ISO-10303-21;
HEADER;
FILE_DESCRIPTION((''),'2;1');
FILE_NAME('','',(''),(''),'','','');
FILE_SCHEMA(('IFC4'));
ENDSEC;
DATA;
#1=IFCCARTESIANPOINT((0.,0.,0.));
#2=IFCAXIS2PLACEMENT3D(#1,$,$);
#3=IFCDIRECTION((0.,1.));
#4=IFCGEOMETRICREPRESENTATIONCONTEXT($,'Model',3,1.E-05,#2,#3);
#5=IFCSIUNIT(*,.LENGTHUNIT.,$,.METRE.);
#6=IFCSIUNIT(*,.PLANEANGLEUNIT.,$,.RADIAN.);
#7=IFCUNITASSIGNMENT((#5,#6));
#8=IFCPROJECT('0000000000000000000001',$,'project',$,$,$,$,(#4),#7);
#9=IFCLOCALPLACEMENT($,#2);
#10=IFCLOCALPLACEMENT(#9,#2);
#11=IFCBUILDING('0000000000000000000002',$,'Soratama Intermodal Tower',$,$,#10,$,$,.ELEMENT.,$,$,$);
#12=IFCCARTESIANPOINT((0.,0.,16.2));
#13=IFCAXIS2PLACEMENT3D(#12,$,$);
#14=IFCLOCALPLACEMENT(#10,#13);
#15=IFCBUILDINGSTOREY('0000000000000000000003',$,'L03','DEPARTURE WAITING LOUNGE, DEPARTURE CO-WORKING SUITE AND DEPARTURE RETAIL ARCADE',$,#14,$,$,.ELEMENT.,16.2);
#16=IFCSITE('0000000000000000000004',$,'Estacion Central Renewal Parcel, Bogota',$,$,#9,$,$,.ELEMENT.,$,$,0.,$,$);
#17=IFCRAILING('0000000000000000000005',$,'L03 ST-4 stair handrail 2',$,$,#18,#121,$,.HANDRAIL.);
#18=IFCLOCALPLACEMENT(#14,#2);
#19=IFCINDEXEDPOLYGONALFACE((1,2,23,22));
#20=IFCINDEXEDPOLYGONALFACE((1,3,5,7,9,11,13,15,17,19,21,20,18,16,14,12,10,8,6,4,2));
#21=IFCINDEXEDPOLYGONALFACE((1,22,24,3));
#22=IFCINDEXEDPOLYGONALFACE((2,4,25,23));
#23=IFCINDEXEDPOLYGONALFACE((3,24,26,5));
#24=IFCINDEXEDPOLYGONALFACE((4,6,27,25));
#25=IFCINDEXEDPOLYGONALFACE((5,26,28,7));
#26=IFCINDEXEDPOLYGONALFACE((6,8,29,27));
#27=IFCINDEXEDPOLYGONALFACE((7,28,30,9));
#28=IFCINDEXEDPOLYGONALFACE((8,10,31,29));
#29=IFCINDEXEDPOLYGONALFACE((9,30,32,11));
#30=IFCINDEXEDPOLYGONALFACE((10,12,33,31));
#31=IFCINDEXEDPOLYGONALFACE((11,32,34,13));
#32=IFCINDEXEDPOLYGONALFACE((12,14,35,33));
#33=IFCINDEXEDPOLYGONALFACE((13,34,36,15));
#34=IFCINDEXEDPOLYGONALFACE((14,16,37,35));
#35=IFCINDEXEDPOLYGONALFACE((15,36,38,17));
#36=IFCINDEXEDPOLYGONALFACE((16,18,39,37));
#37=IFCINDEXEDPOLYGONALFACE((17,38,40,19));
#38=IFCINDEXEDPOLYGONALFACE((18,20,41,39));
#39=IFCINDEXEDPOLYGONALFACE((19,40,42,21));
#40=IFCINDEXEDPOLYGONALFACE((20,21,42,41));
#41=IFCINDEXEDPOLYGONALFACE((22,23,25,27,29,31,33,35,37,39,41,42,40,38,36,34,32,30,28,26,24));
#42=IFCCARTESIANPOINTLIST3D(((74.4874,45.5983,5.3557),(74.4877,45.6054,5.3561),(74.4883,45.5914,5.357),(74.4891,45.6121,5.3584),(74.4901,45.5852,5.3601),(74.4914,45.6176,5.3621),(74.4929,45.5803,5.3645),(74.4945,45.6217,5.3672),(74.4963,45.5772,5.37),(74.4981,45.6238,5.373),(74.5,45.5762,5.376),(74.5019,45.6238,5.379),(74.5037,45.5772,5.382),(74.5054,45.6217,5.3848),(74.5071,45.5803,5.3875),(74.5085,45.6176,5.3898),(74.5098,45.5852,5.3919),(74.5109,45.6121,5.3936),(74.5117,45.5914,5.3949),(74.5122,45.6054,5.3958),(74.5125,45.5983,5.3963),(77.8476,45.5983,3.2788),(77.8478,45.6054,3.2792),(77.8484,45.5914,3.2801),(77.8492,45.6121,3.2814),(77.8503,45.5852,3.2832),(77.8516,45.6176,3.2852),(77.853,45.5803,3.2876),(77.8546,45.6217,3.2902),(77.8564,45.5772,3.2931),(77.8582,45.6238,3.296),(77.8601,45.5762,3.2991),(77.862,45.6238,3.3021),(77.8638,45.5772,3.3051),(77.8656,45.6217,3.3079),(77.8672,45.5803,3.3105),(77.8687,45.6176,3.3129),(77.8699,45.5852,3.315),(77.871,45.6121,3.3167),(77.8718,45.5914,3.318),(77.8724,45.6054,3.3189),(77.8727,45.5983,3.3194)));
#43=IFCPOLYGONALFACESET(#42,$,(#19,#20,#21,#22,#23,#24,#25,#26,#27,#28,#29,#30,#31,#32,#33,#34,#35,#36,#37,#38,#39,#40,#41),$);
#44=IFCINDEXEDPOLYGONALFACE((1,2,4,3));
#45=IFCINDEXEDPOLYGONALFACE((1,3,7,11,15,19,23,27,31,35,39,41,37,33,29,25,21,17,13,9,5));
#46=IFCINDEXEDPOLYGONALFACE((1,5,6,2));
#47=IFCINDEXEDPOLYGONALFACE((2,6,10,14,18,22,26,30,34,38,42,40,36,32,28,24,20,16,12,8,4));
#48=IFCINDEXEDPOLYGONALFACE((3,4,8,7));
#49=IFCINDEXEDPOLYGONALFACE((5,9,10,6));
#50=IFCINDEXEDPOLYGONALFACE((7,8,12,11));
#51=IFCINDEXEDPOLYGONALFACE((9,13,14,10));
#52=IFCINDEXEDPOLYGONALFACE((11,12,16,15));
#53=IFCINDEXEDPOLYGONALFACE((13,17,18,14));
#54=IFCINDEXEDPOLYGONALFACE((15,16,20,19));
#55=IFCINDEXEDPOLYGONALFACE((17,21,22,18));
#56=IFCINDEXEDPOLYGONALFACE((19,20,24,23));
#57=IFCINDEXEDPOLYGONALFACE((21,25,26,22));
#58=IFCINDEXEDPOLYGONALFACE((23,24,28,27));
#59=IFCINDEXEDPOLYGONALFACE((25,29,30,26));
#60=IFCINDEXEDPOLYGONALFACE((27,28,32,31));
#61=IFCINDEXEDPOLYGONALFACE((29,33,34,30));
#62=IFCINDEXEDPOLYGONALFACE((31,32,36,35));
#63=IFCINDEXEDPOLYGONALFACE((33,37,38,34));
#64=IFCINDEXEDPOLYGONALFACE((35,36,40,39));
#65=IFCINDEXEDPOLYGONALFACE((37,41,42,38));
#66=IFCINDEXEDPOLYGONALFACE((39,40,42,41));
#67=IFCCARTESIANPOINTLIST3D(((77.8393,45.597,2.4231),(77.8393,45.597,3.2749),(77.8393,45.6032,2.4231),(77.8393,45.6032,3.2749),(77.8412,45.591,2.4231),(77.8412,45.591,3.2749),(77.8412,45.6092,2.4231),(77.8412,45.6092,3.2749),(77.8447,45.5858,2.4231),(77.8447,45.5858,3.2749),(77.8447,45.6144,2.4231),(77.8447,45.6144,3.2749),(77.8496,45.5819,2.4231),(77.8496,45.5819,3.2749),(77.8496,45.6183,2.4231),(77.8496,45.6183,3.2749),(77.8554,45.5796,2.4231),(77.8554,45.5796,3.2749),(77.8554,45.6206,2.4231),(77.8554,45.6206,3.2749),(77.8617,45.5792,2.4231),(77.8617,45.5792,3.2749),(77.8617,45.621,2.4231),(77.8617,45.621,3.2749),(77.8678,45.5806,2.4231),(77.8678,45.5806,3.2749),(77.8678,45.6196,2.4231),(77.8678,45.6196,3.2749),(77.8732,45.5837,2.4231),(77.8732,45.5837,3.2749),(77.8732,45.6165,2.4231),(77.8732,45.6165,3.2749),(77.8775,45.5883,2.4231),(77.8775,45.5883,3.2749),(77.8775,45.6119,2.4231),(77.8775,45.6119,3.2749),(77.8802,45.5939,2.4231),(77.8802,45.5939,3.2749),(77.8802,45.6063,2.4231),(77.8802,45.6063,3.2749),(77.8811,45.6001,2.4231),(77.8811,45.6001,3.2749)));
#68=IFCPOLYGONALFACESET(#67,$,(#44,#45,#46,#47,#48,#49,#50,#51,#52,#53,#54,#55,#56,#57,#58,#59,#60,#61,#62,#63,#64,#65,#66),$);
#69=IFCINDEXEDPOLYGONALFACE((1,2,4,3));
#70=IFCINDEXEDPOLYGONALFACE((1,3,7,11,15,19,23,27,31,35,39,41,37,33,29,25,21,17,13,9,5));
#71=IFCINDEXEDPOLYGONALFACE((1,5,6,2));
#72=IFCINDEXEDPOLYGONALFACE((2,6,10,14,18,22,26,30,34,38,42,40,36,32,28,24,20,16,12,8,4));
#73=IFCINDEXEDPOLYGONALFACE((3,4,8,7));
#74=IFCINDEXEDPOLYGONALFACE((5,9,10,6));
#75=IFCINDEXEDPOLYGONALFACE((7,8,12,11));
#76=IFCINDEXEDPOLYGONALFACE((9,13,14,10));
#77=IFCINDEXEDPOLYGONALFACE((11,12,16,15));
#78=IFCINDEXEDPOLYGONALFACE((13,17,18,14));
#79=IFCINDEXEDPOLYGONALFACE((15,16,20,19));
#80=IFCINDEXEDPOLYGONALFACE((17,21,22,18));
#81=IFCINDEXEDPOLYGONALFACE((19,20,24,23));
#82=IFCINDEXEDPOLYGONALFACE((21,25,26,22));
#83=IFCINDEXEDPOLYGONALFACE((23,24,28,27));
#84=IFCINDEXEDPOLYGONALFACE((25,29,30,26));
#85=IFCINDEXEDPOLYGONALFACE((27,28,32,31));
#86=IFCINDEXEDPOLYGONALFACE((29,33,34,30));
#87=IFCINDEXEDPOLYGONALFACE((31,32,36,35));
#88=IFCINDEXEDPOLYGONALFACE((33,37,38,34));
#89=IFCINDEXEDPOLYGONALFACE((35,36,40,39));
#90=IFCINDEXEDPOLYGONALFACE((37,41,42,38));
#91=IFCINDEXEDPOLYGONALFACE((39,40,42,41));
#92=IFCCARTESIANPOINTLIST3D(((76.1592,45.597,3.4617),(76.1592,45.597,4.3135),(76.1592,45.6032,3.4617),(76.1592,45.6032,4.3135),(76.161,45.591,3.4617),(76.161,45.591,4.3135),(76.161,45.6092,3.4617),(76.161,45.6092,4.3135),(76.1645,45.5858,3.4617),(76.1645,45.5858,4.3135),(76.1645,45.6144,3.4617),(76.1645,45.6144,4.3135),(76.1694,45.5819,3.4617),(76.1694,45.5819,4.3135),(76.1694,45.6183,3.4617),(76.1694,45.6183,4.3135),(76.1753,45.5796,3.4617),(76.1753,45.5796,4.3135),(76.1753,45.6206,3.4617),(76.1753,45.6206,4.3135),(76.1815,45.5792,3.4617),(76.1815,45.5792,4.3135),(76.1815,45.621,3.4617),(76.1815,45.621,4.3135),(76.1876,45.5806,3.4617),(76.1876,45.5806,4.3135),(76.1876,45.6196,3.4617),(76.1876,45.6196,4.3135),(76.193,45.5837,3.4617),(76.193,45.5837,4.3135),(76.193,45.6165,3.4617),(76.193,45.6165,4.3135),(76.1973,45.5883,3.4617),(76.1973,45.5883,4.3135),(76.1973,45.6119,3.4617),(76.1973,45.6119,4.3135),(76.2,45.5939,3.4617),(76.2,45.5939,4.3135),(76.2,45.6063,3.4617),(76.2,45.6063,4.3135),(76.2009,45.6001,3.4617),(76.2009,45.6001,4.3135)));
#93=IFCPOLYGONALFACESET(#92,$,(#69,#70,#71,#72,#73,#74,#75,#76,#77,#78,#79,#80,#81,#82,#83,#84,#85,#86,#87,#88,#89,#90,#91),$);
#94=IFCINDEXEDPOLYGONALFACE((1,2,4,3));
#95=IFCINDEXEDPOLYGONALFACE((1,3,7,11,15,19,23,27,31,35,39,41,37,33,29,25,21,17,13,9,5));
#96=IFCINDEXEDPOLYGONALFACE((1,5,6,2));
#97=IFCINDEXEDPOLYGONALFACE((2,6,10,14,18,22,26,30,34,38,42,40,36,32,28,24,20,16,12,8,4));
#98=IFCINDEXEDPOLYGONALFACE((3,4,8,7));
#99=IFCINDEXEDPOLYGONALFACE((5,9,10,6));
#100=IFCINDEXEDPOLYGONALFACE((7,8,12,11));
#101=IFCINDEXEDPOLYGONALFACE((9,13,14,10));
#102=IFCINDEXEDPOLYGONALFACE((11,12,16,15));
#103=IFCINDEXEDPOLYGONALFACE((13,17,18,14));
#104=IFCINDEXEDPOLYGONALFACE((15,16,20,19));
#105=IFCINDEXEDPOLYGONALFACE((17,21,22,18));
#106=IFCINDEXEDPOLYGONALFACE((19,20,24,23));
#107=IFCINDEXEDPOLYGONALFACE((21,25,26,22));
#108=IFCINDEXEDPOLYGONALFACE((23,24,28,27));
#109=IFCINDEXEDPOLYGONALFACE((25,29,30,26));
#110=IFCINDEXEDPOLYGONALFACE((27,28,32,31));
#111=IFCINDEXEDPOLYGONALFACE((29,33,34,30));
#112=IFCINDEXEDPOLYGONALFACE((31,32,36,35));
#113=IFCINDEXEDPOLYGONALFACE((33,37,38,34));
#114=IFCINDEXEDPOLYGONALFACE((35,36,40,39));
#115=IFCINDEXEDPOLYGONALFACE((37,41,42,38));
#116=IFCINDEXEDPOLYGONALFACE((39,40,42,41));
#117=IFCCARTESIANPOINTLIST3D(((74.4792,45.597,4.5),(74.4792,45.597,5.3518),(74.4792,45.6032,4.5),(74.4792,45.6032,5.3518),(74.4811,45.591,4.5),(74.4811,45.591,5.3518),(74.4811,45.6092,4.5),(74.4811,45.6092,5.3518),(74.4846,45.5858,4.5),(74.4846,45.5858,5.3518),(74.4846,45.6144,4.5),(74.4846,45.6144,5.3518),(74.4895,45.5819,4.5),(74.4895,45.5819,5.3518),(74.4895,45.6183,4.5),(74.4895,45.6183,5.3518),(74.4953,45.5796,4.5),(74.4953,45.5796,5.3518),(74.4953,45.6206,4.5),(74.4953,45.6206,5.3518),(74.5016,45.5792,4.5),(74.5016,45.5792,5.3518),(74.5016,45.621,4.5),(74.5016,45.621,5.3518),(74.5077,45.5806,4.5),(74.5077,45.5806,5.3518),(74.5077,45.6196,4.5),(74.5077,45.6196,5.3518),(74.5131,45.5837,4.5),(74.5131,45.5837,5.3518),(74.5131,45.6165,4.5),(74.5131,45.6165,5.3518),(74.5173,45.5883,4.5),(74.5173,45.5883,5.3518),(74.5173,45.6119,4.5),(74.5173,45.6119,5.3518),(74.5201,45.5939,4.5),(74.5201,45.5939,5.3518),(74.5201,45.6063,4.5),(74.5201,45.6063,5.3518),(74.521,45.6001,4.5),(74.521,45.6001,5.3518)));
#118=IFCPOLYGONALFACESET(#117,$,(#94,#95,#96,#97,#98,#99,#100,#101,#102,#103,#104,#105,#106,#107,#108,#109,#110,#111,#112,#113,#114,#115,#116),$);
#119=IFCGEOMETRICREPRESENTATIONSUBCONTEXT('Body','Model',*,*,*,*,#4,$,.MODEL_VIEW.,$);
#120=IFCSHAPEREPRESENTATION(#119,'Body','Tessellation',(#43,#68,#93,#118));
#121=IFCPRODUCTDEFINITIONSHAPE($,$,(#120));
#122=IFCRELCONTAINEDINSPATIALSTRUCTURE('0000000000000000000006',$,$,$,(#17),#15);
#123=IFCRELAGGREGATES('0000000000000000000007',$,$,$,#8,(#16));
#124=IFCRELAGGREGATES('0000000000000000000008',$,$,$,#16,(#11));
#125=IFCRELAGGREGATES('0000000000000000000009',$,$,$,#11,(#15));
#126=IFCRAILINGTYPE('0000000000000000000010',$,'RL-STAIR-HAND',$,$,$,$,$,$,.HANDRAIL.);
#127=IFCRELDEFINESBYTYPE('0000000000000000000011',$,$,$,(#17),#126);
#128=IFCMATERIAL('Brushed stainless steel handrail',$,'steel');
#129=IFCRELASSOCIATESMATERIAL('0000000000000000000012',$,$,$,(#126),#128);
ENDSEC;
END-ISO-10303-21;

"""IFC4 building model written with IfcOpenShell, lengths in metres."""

from ifc_helpers import new_model, si_unit, direction, frame, origin, origin_2d, place, context, subcontext, project, spatial, circle, extrude, material, type_object, element, save


model = new_model("IFC4")

# Units and contexts
model_context = context("Model", 3, precision=1e-05, world=origin(), true_north=direction((0.0, 1.0)))
body_context = subcontext(model_context, "Body", "Model", "MODEL_VIEW")
ifc_project = project(units=[si_unit("LENGTHUNIT", "METRE"), si_unit("PLANEANGLEUNIT", "RADIAN")], contexts=[model_context])

# Site, building, storey
site_placement = place(None, origin())
site = spatial("IfcSite", under=ifc_project, at=site_placement, Name="Estacion Central Renewal Parcel, Bogota", CompositionType="ELEMENT", RefElevation=0.0)
building_placement = place(site_placement, origin())
building = spatial("IfcBuilding", under=site, at=building_placement, Name="Soratama Intermodal Tower", CompositionType="ELEMENT")
storey_placement = place(building_placement, frame((0.0, 0.0, 16.2)))
storey = spatial("IfcBuildingStorey", under=building, at=storey_placement, Name="L03", Description="DEPARTURE WAITING LOUNGE, DEPARTURE CO-WORKING SUITE AND DEPARTURE RETAIL ARCADE", CompositionType="ELEMENT", Elevation=16.2)

# Railing
ifc_material_1 = material(Name="Brushed stainless steel handrail", Category="steel")
railing_type_1 = type_object("IfcRailingType", Name="RL-STAIR-HAND", PredefinedType="HANDRAIL", material=ifc_material_1)
railing_1_placement = place(storey_placement, frame((77.8601, 45.6001, 2.4231)))
element("IfcRailing", 1, at=railing_1_placement, inside=storey, type_object=railing_type_1, Name="L03 ST-4 stair handrail 2", PredefinedType="HANDRAIL", context=body_context, shape_type="SweptSolid", body=[
    extrude(circle(Radius=0.0239, at=origin_2d()), frame((0.0, 0.0, 0.876), z_axis=(-0.850623, 0.0, 0.525776), x_axis=(0.0, -1.0, 0.0)), (0.0, 0.0, 1.0), 3.9502),
    extrude(circle(Radius=0.021, at=origin_2d()), origin(), (0.0, 0.0, 1.0), 0.8518),
    extrude(circle(Radius=0.021, at=origin_2d()), frame((-1.6802, 0.0, 1.0386)), (0.0, 0.0, 1.0), 0.8518),
    extrude(circle(Radius=0.021, at=origin_2d()), frame((-3.3601, 0.0, 2.0769)), (0.0, 0.0, 1.0), 0.8518),
])

save(model, "model.ifc")
